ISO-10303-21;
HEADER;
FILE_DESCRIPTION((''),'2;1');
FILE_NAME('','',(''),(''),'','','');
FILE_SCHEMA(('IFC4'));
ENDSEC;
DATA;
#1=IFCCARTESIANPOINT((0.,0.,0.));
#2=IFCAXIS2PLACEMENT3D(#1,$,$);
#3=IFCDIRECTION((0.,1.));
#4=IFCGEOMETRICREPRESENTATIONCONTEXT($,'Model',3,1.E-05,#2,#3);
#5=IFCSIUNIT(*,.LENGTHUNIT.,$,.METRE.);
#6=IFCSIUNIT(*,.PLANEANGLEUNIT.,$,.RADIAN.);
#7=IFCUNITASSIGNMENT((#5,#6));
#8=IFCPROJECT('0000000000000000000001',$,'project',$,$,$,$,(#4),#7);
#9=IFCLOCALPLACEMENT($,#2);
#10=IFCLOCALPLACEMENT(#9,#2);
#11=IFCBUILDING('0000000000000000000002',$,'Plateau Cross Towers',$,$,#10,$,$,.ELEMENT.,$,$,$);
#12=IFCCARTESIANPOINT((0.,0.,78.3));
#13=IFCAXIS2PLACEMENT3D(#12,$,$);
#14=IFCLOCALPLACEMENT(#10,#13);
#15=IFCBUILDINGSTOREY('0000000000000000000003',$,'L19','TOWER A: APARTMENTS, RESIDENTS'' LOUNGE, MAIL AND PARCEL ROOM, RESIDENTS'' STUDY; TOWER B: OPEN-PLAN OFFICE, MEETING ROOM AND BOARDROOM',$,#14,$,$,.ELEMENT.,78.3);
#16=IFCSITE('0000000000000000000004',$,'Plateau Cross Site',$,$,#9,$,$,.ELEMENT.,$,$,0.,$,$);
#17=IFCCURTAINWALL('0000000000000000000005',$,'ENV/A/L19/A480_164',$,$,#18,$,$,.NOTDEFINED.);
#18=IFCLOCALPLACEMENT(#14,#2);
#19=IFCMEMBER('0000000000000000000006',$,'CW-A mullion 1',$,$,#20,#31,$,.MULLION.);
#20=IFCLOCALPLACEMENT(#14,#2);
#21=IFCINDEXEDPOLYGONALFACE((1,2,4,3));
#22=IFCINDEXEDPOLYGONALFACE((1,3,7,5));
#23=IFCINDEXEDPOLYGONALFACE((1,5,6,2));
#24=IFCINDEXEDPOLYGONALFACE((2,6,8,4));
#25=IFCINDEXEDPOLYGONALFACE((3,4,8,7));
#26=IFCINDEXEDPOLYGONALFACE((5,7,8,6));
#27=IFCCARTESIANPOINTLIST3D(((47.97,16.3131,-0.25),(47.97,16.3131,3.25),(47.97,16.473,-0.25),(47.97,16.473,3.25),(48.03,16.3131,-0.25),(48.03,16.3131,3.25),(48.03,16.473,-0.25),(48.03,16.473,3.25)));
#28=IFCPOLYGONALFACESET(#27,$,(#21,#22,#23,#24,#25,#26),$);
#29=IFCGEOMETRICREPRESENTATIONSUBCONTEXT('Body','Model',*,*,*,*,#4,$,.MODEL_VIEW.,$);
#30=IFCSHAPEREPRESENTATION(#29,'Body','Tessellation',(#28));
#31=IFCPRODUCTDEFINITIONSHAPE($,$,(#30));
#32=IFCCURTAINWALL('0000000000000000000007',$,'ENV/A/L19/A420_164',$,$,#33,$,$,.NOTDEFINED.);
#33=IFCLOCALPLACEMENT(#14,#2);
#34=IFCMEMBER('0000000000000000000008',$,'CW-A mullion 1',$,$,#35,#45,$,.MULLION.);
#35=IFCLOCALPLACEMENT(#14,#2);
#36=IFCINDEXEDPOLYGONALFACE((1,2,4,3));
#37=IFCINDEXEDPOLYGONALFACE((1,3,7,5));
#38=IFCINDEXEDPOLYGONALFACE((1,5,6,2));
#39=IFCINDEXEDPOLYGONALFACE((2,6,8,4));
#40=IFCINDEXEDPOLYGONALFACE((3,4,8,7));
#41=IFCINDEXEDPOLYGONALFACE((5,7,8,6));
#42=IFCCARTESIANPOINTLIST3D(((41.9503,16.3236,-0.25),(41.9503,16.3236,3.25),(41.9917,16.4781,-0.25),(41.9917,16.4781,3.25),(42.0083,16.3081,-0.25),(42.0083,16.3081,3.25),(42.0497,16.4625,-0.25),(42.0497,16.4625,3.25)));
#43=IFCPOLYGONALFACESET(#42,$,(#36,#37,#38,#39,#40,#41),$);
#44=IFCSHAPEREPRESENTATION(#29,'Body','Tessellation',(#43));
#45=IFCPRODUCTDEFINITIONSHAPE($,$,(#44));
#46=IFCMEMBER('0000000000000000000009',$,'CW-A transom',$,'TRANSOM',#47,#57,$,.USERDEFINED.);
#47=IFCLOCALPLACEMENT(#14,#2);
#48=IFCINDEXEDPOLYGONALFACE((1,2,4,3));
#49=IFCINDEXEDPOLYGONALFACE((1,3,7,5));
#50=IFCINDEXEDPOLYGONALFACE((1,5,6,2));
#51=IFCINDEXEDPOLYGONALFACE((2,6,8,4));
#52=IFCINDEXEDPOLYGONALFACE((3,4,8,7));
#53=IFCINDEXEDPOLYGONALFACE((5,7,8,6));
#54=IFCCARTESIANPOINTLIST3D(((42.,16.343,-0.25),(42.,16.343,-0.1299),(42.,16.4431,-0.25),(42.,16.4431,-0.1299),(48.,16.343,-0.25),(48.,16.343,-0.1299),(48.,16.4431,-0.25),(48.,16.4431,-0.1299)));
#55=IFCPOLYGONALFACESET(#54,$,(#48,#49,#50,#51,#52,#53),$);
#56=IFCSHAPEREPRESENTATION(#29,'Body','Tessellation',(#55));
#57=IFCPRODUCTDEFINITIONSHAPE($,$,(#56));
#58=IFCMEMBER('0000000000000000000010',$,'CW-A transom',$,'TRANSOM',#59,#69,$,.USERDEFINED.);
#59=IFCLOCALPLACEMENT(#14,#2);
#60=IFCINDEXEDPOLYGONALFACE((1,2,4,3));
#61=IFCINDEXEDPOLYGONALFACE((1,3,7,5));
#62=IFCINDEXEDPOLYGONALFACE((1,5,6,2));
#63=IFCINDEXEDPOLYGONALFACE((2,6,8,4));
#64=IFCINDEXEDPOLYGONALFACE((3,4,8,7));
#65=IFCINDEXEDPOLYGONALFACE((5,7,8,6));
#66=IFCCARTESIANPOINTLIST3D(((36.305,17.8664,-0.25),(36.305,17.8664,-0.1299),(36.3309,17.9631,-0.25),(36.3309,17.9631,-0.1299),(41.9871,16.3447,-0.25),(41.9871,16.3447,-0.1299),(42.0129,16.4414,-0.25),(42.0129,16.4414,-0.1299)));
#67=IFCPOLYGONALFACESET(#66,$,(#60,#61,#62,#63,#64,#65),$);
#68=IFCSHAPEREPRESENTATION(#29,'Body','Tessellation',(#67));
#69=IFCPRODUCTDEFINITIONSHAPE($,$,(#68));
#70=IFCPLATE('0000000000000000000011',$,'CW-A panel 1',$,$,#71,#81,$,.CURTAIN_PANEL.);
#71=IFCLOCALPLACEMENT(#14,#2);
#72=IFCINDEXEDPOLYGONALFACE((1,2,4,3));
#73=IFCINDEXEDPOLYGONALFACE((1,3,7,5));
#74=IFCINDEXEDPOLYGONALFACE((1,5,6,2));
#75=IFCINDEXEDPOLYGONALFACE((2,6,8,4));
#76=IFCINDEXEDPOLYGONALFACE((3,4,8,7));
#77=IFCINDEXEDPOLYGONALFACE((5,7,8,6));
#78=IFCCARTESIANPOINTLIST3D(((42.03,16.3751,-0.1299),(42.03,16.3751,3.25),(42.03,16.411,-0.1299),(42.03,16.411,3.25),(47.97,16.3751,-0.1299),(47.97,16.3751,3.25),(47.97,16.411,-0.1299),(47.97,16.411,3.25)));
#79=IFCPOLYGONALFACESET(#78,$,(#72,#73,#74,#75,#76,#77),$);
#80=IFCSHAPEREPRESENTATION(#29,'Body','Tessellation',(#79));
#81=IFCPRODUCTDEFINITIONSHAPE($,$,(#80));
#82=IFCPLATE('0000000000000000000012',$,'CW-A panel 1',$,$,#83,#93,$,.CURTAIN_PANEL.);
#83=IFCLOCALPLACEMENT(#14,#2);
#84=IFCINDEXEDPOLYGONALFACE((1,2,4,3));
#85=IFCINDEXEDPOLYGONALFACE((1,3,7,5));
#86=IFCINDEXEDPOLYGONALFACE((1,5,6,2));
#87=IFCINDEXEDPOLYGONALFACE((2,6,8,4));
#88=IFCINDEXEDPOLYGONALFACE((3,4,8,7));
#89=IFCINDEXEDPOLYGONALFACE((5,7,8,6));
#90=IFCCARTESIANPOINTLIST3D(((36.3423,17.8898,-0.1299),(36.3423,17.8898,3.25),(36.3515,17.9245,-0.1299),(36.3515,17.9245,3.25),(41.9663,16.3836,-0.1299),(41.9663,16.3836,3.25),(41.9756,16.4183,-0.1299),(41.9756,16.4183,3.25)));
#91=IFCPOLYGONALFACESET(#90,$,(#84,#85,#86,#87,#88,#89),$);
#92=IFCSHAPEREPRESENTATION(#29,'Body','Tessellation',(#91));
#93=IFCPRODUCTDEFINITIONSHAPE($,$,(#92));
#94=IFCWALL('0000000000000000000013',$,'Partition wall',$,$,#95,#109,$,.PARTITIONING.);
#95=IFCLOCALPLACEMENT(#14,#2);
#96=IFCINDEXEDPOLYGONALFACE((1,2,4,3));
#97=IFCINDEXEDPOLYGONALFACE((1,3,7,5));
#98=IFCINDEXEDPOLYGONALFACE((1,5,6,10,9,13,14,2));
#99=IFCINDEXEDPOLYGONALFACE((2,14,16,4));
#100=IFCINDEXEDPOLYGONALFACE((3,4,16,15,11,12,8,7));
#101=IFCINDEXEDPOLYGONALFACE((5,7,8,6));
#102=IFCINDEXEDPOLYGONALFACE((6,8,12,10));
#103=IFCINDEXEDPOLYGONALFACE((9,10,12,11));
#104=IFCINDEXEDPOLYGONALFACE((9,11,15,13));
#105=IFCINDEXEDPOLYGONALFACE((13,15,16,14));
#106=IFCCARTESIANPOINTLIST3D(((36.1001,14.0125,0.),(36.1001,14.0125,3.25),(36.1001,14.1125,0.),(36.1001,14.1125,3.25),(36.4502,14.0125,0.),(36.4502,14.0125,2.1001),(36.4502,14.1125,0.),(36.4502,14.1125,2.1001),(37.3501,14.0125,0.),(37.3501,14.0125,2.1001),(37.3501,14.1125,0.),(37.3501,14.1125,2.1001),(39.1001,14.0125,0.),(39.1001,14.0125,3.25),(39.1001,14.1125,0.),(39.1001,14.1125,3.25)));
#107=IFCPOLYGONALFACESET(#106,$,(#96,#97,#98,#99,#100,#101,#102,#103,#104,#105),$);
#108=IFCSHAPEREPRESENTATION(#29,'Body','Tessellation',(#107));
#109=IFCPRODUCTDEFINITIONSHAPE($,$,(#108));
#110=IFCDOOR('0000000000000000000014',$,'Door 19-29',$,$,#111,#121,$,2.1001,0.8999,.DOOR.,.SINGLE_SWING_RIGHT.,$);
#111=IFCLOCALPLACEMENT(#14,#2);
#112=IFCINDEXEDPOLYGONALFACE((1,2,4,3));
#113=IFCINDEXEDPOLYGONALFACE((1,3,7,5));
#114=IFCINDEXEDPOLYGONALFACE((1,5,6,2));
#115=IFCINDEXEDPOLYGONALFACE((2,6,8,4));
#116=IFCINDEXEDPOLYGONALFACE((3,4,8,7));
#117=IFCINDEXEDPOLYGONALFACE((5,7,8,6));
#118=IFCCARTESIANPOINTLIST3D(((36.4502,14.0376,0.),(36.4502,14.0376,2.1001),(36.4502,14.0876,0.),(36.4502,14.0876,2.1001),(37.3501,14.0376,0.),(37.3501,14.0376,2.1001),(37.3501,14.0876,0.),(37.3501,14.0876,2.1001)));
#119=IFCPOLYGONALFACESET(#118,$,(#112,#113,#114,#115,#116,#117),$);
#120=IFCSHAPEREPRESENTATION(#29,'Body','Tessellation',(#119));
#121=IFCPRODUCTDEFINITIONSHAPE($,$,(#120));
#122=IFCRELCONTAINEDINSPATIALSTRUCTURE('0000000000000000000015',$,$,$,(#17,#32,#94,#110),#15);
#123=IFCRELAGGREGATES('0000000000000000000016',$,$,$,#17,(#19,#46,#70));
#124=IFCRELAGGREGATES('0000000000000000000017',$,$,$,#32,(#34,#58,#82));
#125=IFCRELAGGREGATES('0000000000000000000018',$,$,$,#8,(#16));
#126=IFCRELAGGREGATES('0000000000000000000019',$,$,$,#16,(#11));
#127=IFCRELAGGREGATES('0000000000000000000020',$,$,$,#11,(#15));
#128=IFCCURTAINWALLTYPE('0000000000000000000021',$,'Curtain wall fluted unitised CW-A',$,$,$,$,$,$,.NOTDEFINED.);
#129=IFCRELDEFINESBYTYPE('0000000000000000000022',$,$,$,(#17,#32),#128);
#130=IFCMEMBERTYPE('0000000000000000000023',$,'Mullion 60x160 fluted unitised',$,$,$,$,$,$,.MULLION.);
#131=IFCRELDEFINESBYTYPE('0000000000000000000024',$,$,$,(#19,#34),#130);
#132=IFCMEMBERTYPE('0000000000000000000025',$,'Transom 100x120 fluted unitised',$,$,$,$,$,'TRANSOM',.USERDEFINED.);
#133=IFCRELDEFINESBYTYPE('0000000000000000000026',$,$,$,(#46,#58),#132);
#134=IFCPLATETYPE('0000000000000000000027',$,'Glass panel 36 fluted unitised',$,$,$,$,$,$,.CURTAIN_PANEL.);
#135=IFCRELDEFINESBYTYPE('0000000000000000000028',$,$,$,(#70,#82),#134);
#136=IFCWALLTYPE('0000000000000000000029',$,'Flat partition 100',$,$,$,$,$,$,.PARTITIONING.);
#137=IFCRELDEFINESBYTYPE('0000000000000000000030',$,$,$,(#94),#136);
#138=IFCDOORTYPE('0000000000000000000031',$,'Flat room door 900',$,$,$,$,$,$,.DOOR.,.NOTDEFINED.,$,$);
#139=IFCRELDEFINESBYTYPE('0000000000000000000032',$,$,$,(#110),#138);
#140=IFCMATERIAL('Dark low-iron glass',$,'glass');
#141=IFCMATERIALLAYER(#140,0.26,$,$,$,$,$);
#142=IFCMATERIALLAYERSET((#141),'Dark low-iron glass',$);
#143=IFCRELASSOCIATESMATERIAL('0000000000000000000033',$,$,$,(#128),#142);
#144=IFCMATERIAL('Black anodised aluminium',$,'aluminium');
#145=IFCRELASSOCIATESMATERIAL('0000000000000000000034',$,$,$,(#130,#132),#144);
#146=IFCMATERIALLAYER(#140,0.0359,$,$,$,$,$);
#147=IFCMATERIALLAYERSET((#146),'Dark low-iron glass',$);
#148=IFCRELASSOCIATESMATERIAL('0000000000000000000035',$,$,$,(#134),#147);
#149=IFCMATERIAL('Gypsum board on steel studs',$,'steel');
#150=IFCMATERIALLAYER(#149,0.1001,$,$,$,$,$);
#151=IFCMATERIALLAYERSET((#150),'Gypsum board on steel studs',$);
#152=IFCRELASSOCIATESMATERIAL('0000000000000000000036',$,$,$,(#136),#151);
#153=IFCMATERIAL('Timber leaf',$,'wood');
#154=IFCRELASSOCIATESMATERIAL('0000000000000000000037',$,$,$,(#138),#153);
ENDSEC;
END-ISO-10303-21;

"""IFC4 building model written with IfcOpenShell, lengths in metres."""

from ifc_helpers import new_model, si_unit, direction, frame, frame_2d, origin, origin_2d, place, context, subcontext, project, spatial, rectangle, extrude, material, layer, layer_set, material_profile, profile_set, type_object, element, fill, aggregate, save


model = new_model("IFC4")

# Units and contexts
model_context = context("Model", 3, precision=1e-05, world=origin(), true_north=direction((0.0, 1.0)))
body_context = subcontext(model_context, "Body", "Model", "MODEL_VIEW")
ifc_project = project(units=[si_unit("LENGTHUNIT", "METRE"), si_unit("PLANEANGLEUNIT", "RADIAN")], contexts=[model_context])

# Site, building, storey
site_placement = place(None, origin())
site = spatial("IfcSite", under=ifc_project, at=site_placement, Name="Plateau Cross Site", CompositionType="ELEMENT", RefElevation=0.0)
building_placement = place(site_placement, origin())
building = spatial("IfcBuilding", under=site, at=building_placement, Name="Plateau Cross Towers", CompositionType="ELEMENT")
storey_placement = place(building_placement, frame((0.0, 0.0, 78.3)))
storey = spatial("IfcBuildingStorey", under=building, at=storey_placement, Name="L19", Description="TOWER A: APARTMENTS, RESIDENTS' LOUNGE, MAIL AND PARCEL ROOM, RESIDENTS' STUDY; TOWER B: OPEN-PLAN OFFICE, MEETING ROOM AND BOARDROOM", CompositionType="ELEMENT", Elevation=78.3)

# Curtain walls, members
ifc_material_1 = material(Name="Dark low-iron glass", Category="glass")
ifc_layer_1 = layer(ifc_material_1, 0.26)
ifc_layer_set_1 = layer_set([ifc_layer_1], Name="Dark low-iron glass")
curtain_wall_type = type_object("IfcCurtainWallType", Name="Curtain wall fluted unitised CW-A", PredefinedType="NOTDEFINED", material=ifc_layer_set_1)
curtain_wall_1_placement = place(storey_placement, origin())
curtain_wall_1 = element("IfcCurtainWall", 1, at=curtain_wall_1_placement, inside=storey, type_object=curtain_wall_type, Name="ENV/A/L19/A480_164", PredefinedType="NOTDEFINED")
ifc_material_2 = material(Name="Black anodised aluminium", Category="aluminium")
ifc_material_profile_1 = material_profile(ifc_material_2, rectangle(XDim=0.0601, YDim=0.1599, at=origin_2d()), Name="MULLION 60x160")
ifc_profile_set_1 = profile_set([ifc_material_profile_1], Name="Black anodised aluminium")
member_type_1 = type_object("IfcMemberType", Name="Mullion 60x160 fluted unitised", PredefinedType="MULLION", material=ifc_profile_set_1)
member_1_placement = place(storey_placement, frame((48.0, 16.3931, -0.25), z_axis=(0.0, 0.0, 1.0), x_axis=(-1.0, 0.0, 0.0)))
member_1 = element("IfcMember", 2, at=member_1_placement, type_object=member_type_1, Name="CW-A mullion 1", PredefinedType="MULLION", context=body_context, shape_type="SweptSolid", body=[
    extrude(rectangle(XDim=0.0601, YDim=0.1599, at=origin_2d()), origin(), (0.0, 0.0, 1.0), 3.5),
])
curtain_wall_2_placement = place(storey_placement, origin())
curtain_wall_2 = element("IfcCurtainWall", 3, at=curtain_wall_2_placement, inside=storey, type_object=curtain_wall_type, Name="ENV/A/L19/A420_164", PredefinedType="NOTDEFINED")
member_2_placement = place(storey_placement, frame((42.0, 16.3931, -0.25), z_axis=(0.0, 0.0, 1.0), x_axis=(-0.965958, 0.258699, 0.0)))
member_2 = element("IfcMember", 4, at=member_2_placement, type_object=member_type_1, Name="CW-A mullion 1", PredefinedType="MULLION", context=body_context, shape_type="SweptSolid", body=[
    extrude(rectangle(XDim=0.0601, YDim=0.1599, at=origin_2d()), origin(), (0.0, 0.0, 1.0), 3.5),
])

# Members
ifc_material_profile_2 = material_profile(ifc_material_2, rectangle(XDim=0.1001, YDim=0.1201, at=origin_2d()), Name="TRANSOM 100x120")
ifc_profile_set_2 = profile_set([ifc_material_profile_2], Name="Black anodised aluminium")
member_type_2 = type_object("IfcMemberType", Name="Transom 100x120 fluted unitised", ElementType="TRANSOM", PredefinedType="USERDEFINED", material=ifc_profile_set_2)
member_3_placement = place(storey_placement, frame((48.0, 16.3931, -0.1899), z_axis=(-1.0, 0.0, 0.0), x_axis=(0.0, -1.0, 0.0)))
member_3 = element("IfcMember", 5, at=member_3_placement, type_object=member_type_2, Name="CW-A transom", ObjectType="TRANSOM", PredefinedType="USERDEFINED", context=body_context, shape_type="SweptSolid", body=[
    extrude(rectangle(XDim=0.1001, YDim=0.1201, at=origin_2d()), origin(), (0.0, 0.0, 1.0), 6.0),
])
member_4_placement = place(storey_placement, frame((42.0, 16.3931, -0.1899), z_axis=(-0.96596, 0.258693, 0.0), x_axis=(-0.258693, -0.96596, 0.0)))
member_4 = element("IfcMember", 6, at=member_4_placement, type_object=member_type_2, Name="CW-A transom", ObjectType="TRANSOM", PredefinedType="USERDEFINED", context=body_context, shape_type="SweptSolid", body=[
    extrude(rectangle(XDim=0.1001, YDim=0.1201, at=origin_2d()), origin(), (0.0, 0.0, 1.0), 5.8823),
])

# Plates
ifc_layer_2 = layer(ifc_material_1, 0.0359)
ifc_layer_set_2 = layer_set([ifc_layer_2], Name="Dark low-iron glass")
plate_type = type_object("IfcPlateType", Name="Glass panel 36 fluted unitised", PredefinedType="CURTAIN_PANEL", material=ifc_layer_set_2)
plate_1_placement = place(storey_placement, frame((45.0, 16.3931, -0.1299), z_axis=(0.0, 0.0, 1.0), x_axis=(-1.0, 0.0, 0.0)))
plate_1 = element("IfcPlate", 7, at=plate_1_placement, type_object=plate_type, Name="CW-A panel 1", PredefinedType="CURTAIN_PANEL", context=body_context, shape_type="SweptSolid", body=[
    extrude(rectangle(XDim=5.9399, YDim=0.0359, at=origin_2d()), origin(), (0.0, 0.0, 1.0), 3.3799),
])
aggregate(curtain_wall_1, [member_1, member_3, plate_1])
plate_2_placement = place(storey_placement, frame((39.1589, 17.1541, -0.1299), z_axis=(0.0, 0.0, 1.0), x_axis=(-0.965958, 0.258699, 0.0)))
plate_2 = element("IfcPlate", 8, at=plate_2_placement, type_object=plate_type, Name="CW-A panel 1", PredefinedType="CURTAIN_PANEL", context=body_context, shape_type="SweptSolid", body=[
    extrude(rectangle(XDim=5.8223, YDim=0.0359, at=origin_2d()), origin(), (0.0, 0.0, 1.0), 3.3799),
])
aggregate(curtain_wall_2, [member_2, member_4, plate_2])

# Wall, opening, door
ifc_material_3 = material(Name="Gypsum board on steel studs", Category="steel")
ifc_layer_3 = layer(ifc_material_3, 0.1001)
ifc_layer_set_3 = layer_set([ifc_layer_3], Name="Gypsum board on steel studs")
wall_type_1 = type_object("IfcWallType", Name="Flat partition 100", PredefinedType="PARTITIONING", material=ifc_layer_set_3)
wall_1_placement = place(storey_placement, frame((39.1001, 14.0625, 0.0), z_axis=(0.0, 0.0, 1.0), x_axis=(-1.0, 0.0, 0.0)))
wall_1 = element("IfcWall", 9, at=wall_1_placement, inside=storey, type_object=wall_type_1, Name="Partition wall", PredefinedType="PARTITIONING", context=body_context, shape_type="SweptSolid", body=[
    extrude(rectangle(XDim=3.0, YDim=0.1001, at=frame_2d((1.5, 0.0))), origin(), (0.0, 0.0, 1.0), 3.25),
])
opening_1_placement = place(wall_1_placement, frame((1.75, 0.0, 0.0)))
opening_1 = element("IfcOpeningElement", 10, at=opening_1_placement, cuts=wall_1, PredefinedType="OPENING", context=body_context, shape_type="SweptSolid", body=[
    extrude(rectangle(XDim=0.8999, YDim=2.1001, at=frame_2d((0.45, 1.05))), frame((0.0, 0.0601, 0.0), z_axis=(0.0, -1.0, 0.0), x_axis=(1.0, 0.0, 0.0)), (0.0, 0.0, 1.0), 0.1201),
])
ifc_material_4 = material(Name="Timber leaf", Category="wood")
door_type = type_object("IfcDoorType", Name="Flat room door 900", OperationType="NOTDEFINED", PredefinedType="DOOR", material=ifc_material_4)
door_1_placement = place(opening_1_placement, origin())
door_1 = element("IfcDoor", 11, at=door_1_placement, inside=storey, type_object=door_type, Name="Door 19-29", OperationType="SINGLE_SWING_RIGHT", OverallHeight=2.1001, OverallWidth=0.8999, PredefinedType="DOOR", context=body_context, shape_type="SweptSolid", body=[
    extrude(rectangle(XDim=0.8999, YDim=2.1001, at=frame_2d((0.45, 1.05))), frame((0.0, 0.0249, 0.0), z_axis=(0.0, -1.0, 0.0), x_axis=(1.0, 0.0, 0.0)), (0.0, 0.0, 1.0), 0.05),
])
fill(opening_1, door_1)

save(model, "model.ifc")
